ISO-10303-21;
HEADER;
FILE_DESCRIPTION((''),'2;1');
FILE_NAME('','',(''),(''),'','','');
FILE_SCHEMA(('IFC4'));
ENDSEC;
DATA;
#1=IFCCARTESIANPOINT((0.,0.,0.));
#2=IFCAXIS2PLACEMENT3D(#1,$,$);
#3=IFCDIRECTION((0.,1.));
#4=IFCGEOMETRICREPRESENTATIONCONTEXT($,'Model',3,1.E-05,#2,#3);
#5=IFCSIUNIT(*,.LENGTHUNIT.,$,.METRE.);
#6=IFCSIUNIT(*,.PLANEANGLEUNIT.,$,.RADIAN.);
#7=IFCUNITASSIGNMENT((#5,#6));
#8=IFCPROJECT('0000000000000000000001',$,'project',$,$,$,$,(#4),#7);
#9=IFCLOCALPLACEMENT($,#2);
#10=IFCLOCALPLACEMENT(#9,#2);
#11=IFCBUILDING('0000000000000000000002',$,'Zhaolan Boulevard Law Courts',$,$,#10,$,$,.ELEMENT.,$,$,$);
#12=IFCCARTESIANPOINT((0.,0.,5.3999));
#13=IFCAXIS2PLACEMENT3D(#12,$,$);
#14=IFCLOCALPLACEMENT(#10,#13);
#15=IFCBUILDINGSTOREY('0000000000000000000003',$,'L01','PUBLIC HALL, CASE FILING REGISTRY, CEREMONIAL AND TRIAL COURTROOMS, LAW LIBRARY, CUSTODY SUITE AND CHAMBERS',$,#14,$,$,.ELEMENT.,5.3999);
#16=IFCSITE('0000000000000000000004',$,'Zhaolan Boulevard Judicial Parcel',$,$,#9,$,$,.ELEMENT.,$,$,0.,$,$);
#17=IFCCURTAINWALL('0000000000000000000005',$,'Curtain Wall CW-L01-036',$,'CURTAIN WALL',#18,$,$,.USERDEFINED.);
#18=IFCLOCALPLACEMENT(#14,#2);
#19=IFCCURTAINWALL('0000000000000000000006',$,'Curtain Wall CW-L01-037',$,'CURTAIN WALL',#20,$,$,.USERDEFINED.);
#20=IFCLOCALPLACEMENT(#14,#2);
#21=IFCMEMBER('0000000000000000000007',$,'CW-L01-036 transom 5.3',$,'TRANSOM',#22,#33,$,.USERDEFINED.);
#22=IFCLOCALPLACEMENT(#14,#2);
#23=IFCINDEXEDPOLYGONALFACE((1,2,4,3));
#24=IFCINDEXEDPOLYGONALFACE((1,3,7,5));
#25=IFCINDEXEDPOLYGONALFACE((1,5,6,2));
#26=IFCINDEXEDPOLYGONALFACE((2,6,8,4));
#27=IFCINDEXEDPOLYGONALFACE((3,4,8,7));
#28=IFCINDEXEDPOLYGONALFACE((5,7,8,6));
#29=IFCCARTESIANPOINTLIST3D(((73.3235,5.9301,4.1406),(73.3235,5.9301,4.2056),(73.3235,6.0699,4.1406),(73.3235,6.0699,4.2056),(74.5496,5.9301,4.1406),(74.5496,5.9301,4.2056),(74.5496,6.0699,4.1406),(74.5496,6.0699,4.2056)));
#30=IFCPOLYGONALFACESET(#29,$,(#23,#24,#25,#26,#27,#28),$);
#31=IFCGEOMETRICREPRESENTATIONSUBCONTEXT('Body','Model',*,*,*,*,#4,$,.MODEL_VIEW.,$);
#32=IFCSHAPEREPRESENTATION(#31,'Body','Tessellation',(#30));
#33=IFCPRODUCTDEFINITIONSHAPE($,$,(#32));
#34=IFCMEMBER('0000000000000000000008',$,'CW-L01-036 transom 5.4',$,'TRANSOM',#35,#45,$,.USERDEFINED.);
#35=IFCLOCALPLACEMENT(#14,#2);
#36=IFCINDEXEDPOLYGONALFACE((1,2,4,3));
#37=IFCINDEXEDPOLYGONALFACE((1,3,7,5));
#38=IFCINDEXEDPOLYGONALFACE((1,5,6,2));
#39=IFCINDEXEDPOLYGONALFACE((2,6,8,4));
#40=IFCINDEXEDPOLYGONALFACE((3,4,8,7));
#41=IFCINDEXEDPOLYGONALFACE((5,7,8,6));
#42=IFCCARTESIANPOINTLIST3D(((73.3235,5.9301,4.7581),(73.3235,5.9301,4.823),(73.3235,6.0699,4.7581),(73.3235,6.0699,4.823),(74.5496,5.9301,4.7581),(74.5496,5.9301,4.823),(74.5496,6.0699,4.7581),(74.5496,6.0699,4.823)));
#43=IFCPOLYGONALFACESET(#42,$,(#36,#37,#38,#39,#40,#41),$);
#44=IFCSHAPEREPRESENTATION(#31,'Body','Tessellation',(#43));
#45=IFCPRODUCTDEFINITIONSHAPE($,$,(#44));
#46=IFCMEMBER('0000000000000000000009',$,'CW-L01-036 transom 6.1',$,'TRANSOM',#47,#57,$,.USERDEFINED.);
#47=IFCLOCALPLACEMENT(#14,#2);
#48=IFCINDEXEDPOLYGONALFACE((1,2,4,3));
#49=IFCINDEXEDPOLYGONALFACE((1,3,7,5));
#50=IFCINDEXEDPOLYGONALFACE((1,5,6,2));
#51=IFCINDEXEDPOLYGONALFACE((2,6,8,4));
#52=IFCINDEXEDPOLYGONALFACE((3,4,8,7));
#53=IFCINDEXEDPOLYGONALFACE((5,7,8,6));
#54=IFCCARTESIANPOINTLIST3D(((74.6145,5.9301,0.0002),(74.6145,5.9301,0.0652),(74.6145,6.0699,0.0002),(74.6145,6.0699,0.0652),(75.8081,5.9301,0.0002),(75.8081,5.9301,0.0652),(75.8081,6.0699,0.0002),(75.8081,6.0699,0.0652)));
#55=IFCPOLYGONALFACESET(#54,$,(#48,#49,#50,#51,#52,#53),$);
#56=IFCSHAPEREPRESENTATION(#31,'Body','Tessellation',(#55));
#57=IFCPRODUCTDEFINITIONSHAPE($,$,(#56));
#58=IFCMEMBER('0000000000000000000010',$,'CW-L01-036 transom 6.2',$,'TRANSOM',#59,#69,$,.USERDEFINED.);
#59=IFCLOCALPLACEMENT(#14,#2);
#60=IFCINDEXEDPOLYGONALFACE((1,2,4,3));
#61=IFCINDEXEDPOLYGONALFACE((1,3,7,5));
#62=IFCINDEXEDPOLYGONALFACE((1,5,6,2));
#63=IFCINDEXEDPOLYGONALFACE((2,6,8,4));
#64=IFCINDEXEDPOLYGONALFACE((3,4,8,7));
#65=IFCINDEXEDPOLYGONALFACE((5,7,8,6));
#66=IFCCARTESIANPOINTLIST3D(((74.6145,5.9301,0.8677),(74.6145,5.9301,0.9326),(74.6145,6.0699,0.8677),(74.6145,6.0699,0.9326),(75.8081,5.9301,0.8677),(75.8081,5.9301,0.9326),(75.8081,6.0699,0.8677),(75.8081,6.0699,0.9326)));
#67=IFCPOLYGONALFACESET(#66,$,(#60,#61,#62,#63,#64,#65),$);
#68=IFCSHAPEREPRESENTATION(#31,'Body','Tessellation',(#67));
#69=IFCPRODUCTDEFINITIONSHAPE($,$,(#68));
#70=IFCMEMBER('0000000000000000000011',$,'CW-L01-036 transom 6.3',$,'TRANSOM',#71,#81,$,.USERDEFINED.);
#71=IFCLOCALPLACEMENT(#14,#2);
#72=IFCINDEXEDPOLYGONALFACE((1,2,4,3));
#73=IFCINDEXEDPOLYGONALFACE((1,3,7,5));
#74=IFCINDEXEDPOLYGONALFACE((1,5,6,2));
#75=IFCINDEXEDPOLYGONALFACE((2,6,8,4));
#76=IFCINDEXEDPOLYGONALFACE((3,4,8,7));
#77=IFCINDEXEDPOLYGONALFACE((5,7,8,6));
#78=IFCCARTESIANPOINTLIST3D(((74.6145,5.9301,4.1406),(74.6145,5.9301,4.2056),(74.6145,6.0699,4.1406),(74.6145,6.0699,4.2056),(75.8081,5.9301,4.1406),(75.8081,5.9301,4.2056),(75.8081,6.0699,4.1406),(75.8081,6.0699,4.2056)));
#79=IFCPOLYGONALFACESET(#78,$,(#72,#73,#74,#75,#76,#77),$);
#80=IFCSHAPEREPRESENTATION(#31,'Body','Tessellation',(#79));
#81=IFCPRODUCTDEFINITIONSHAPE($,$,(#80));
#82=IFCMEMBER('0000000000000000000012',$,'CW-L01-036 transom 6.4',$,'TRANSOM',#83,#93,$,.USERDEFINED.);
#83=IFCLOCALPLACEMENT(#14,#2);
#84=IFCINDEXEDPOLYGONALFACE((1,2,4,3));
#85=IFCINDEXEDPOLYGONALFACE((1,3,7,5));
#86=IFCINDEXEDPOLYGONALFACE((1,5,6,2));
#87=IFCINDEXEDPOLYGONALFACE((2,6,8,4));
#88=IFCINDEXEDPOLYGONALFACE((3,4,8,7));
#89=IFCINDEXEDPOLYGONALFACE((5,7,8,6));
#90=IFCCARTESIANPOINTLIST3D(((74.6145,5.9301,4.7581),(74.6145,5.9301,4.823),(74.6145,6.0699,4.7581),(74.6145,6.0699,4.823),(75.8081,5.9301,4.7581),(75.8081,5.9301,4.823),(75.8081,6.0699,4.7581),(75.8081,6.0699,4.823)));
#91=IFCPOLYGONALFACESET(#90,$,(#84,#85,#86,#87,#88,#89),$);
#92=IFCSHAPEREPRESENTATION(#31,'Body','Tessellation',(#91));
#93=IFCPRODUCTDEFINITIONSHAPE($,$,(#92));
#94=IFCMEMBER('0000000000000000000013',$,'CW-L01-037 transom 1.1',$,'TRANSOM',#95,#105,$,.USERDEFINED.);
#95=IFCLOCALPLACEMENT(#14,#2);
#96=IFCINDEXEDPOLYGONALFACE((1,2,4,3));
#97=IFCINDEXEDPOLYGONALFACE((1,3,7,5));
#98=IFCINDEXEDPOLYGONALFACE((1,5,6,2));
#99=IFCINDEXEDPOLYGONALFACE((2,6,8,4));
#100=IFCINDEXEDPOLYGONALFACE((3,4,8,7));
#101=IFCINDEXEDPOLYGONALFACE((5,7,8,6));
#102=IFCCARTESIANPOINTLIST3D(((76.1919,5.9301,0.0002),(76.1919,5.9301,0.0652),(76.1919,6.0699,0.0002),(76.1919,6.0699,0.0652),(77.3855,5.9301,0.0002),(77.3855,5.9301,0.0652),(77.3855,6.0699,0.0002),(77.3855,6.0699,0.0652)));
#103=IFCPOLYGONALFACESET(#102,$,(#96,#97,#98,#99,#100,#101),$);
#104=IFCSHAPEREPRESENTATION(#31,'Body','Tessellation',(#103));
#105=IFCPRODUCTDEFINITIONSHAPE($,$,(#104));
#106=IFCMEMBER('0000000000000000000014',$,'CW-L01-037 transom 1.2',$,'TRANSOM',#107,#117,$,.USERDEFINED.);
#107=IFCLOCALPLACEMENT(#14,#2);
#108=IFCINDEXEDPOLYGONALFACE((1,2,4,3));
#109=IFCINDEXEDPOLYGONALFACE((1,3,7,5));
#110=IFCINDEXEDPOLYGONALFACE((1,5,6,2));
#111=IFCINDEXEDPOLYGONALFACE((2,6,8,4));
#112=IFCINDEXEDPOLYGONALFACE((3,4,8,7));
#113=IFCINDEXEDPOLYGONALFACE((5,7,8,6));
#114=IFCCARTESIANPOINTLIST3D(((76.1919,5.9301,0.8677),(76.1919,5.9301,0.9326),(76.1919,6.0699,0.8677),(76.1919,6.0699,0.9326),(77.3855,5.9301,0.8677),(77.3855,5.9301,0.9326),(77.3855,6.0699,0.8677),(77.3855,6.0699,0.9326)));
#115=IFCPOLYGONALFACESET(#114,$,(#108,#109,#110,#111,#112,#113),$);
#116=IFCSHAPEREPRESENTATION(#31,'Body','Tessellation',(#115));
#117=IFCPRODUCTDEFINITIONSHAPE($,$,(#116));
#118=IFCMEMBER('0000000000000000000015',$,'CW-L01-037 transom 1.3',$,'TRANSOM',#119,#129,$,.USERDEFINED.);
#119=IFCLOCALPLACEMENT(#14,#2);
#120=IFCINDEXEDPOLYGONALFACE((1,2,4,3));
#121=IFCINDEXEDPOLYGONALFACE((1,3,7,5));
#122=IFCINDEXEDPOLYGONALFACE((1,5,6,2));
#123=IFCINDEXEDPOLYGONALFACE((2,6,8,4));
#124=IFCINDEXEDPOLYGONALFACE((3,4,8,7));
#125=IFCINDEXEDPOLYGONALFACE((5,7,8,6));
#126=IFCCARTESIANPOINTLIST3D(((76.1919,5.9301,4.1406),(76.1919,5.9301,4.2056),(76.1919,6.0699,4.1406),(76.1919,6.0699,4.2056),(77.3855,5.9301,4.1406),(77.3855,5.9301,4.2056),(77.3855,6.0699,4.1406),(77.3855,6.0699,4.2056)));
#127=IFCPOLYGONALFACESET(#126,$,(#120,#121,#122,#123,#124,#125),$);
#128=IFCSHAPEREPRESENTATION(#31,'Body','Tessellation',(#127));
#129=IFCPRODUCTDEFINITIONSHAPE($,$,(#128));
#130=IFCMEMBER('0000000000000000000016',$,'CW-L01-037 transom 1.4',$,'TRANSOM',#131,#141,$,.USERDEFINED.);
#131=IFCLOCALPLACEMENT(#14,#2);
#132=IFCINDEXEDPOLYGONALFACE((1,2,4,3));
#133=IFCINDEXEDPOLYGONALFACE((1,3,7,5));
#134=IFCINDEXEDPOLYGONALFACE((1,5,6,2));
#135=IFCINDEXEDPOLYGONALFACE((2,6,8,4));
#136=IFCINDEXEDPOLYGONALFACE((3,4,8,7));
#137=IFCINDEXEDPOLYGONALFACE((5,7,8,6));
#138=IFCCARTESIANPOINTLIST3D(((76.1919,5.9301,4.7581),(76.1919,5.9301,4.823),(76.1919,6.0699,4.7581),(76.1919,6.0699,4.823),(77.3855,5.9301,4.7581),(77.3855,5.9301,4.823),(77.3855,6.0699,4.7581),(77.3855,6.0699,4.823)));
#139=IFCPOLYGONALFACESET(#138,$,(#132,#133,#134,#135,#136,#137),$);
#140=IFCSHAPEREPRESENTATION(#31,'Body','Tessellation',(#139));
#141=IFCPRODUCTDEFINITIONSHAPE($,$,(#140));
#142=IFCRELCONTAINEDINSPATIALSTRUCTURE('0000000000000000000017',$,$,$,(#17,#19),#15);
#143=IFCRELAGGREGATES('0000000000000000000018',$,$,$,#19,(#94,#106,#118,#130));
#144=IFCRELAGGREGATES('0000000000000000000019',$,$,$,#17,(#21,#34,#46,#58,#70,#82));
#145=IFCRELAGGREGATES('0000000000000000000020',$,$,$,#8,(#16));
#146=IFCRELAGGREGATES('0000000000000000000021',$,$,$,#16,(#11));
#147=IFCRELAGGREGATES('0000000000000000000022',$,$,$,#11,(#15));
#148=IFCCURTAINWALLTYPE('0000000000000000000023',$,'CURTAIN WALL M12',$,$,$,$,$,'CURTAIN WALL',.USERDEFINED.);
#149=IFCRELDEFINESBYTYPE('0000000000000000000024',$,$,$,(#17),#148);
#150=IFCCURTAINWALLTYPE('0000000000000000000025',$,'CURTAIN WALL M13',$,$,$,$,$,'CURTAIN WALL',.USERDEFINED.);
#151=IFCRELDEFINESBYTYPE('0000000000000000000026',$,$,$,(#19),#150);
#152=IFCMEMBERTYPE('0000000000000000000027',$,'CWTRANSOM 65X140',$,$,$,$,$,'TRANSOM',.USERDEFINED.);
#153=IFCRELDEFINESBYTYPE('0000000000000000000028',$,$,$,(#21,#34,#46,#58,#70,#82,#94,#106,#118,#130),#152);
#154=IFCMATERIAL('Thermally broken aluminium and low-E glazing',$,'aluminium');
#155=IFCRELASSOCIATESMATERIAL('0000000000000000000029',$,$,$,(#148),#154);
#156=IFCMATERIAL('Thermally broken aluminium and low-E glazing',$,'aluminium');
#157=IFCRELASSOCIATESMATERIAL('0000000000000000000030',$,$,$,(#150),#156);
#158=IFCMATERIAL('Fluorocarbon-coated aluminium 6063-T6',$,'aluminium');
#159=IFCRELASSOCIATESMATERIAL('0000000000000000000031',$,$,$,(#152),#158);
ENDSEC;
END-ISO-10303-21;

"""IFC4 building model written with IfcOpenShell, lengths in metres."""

from ifc_helpers import new_model, si_unit, direction, frame, origin, origin_2d, place, context, subcontext, project, spatial, rectangle, extrude, material, material_profile, profile_set, type_object, element, aggregate, save


model = new_model("IFC4")

# Units and contexts
model_context = context("Model", 3, precision=1e-05, world=origin(), true_north=direction((0.0, 1.0)))
body_context = subcontext(model_context, "Body", "Model", "MODEL_VIEW")
ifc_project = project(units=[si_unit("LENGTHUNIT", "METRE"), si_unit("PLANEANGLEUNIT", "RADIAN")], contexts=[model_context])

# Site, building, storey
site_placement = place(None, origin())
site = spatial("IfcSite", under=ifc_project, at=site_placement, Name="Zhaolan Boulevard Judicial Parcel", CompositionType="ELEMENT", RefElevation=0.0)
building_placement = place(site_placement, origin())
building = spatial("IfcBuilding", under=site, at=building_placement, Name="Zhaolan Boulevard Law Courts", CompositionType="ELEMENT")
storey_placement = place(building_placement, frame((0.0, 0.0, 5.3999)))
storey = spatial("IfcBuildingStorey", under=building, at=storey_placement, Name="L01", Description="PUBLIC HALL, CASE FILING REGISTRY, CEREMONIAL AND TRIAL COURTROOMS, LAW LIBRARY, CUSTODY SUITE AND CHAMBERS", CompositionType="ELEMENT", Elevation=5.3999)

# Curtain wall
ifc_material_1 = material(Name="Thermally broken aluminium and low-E glazing", Category="aluminium")
curtain_wall_type_1 = type_object("IfcCurtainWallType", Name="CURTAIN WALL M12", ElementType="CURTAIN WALL", PredefinedType="USERDEFINED", material=ifc_material_1)
curtain_wall_1_placement = place(storey_placement, origin())
curtain_wall_1 = element("IfcCurtainWall", 1, at=curtain_wall_1_placement, inside=storey, type_object=curtain_wall_type_1, Name="Curtain Wall CW-L01-036", ObjectType="CURTAIN WALL", PredefinedType="USERDEFINED")

# Curtain wall
ifc_material_2 = material(Name="Thermally broken aluminium and low-E glazing", Category="aluminium")
curtain_wall_type_2 = type_object("IfcCurtainWallType", Name="CURTAIN WALL M13", ElementType="CURTAIN WALL", PredefinedType="USERDEFINED", material=ifc_material_2)
curtain_wall_2_placement = place(storey_placement, origin())
curtain_wall_2 = element("IfcCurtainWall", 2, at=curtain_wall_2_placement, inside=storey, type_object=curtain_wall_type_2, Name="Curtain Wall CW-L01-037", ObjectType="CURTAIN WALL", PredefinedType="USERDEFINED")

# Members
ifc_material_3 = material(Name="Fluorocarbon-coated aluminium 6063-T6", Category="aluminium")
ifc_material_profile_1 = material_profile(ifc_material_3, rectangle(XDim=0.1399, YDim=0.0649, at=origin_2d()), Name="AL65x140")
ifc_profile_set_1 = profile_set([ifc_material_profile_1], Name="Fluorocarbon-coated aluminium 6063-T6")
member_type_1 = type_object("IfcMemberType", Name="CWTRANSOM 65X140", ElementType="TRANSOM", PredefinedType="USERDEFINED", material=ifc_profile_set_1)
member_1_placement = place(storey_placement, frame((73.3235, 6.0, 4.1731), z_axis=(1.0, 0.0, 0.0), x_axis=(0.0, 1.0, 0.0)))
member_1 = element("IfcMember", 3, at=member_1_placement, type_object=member_type_1, Name="CW-L01-036 transom 5.3", ObjectType="TRANSOM", PredefinedType="USERDEFINED", context=body_context, shape_type="SweptSolid", body=[
    extrude(rectangle(XDim=0.1399, YDim=0.0649, at=origin_2d()), origin(), (0.0, 0.0, 1.0), 1.2261),
])
member_2_placement = place(storey_placement, frame((73.3235, 6.0, 4.7905), z_axis=(1.0, 0.0, 0.0), x_axis=(0.0, 1.0, 0.0)))
member_2 = element("IfcMember", 4, at=member_2_placement, type_object=member_type_1, Name="CW-L01-036 transom 5.4", ObjectType="TRANSOM", PredefinedType="USERDEFINED", context=body_context, shape_type="SweptSolid", body=[
    extrude(rectangle(XDim=0.1399, YDim=0.0649, at=origin_2d()), origin(), (0.0, 0.0, 1.0), 1.2261),
])
member_3_placement = place(storey_placement, frame((74.6145, 6.0, 0.0327), z_axis=(1.0, 0.0, 0.0), x_axis=(0.0, 1.0, 0.0)))
member_3 = element("IfcMember", 5, at=member_3_placement, type_object=member_type_1, Name="CW-L01-036 transom 6.1", ObjectType="TRANSOM", PredefinedType="USERDEFINED", context=body_context, shape_type="SweptSolid", body=[
    extrude(rectangle(XDim=0.1399, YDim=0.0649, at=origin_2d()), origin(), (0.0, 0.0, 1.0), 1.1936),
])
member_4_placement = place(storey_placement, frame((74.6145, 6.0, 0.9001), z_axis=(1.0, 0.0, 0.0), x_axis=(0.0, 1.0, 0.0)))
member_4 = element("IfcMember", 6, at=member_4_placement, type_object=member_type_1, Name="CW-L01-036 transom 6.2", ObjectType="TRANSOM", PredefinedType="USERDEFINED", context=body_context, shape_type="SweptSolid", body=[
    extrude(rectangle(XDim=0.1399, YDim=0.0649, at=origin_2d()), origin(), (0.0, 0.0, 1.0), 1.1936),
])
member_5_placement = place(storey_placement, frame((74.6145, 6.0, 4.1731), z_axis=(1.0, 0.0, 0.0), x_axis=(0.0, 1.0, 0.0)))
member_5 = element("IfcMember", 7, at=member_5_placement, type_object=member_type_1, Name="CW-L01-036 transom 6.3", ObjectType="TRANSOM", PredefinedType="USERDEFINED", context=body_context, shape_type="SweptSolid", body=[
    extrude(rectangle(XDim=0.1399, YDim=0.0649, at=origin_2d()), origin(), (0.0, 0.0, 1.0), 1.1936),
])
member_6_placement = place(storey_placement, frame((74.6145, 6.0, 4.7905), z_axis=(1.0, 0.0, 0.0), x_axis=(0.0, 1.0, 0.0)))
member_6 = element("IfcMember", 8, at=member_6_placement, type_object=member_type_1, Name="CW-L01-036 transom 6.4", ObjectType="TRANSOM", PredefinedType="USERDEFINED", context=body_context, shape_type="SweptSolid", body=[
    extrude(rectangle(XDim=0.1399, YDim=0.0649, at=origin_2d()), origin(), (0.0, 0.0, 1.0), 1.1936),
])
member_7_placement = place(storey_placement, frame((76.1919, 6.0, 0.0327), z_axis=(1.0, 0.0, 0.0), x_axis=(0.0, 1.0, 0.0)))
member_7 = element("IfcMember", 9, at=member_7_placement, type_object=member_type_1, Name="CW-L01-037 transom 1.1", ObjectType="TRANSOM", PredefinedType="USERDEFINED", context=body_context, shape_type="SweptSolid", body=[
    extrude(rectangle(XDim=0.1399, YDim=0.0649, at=origin_2d()), origin(), (0.0, 0.0, 1.0), 1.1936),
])
member_8_placement = place(storey_placement, frame((76.1919, 6.0, 0.9001), z_axis=(1.0, 0.0, 0.0), x_axis=(0.0, 1.0, 0.0)))
member_8 = element("IfcMember", 10, at=member_8_placement, type_object=member_type_1, Name="CW-L01-037 transom 1.2", ObjectType="TRANSOM", PredefinedType="USERDEFINED", context=body_context, shape_type="SweptSolid", body=[
    extrude(rectangle(XDim=0.1399, YDim=0.0649, at=origin_2d()), origin(), (0.0, 0.0, 1.0), 1.1936),
])
member_9_placement = place(storey_placement, frame((76.1919, 6.0, 4.1731), z_axis=(1.0, 0.0, 0.0), x_axis=(0.0, 1.0, 0.0)))
member_9 = element("IfcMember", 11, at=member_9_placement, type_object=member_type_1, Name="CW-L01-037 transom 1.3", ObjectType="TRANSOM", PredefinedType="USERDEFINED", context=body_context, shape_type="SweptSolid", body=[
    extrude(rectangle(XDim=0.1399, YDim=0.0649, at=origin_2d()), origin(), (0.0, 0.0, 1.0), 1.1936),
])
member_10_placement = place(storey_placement, frame((76.1919, 6.0, 4.7905), z_axis=(1.0, 0.0, 0.0), x_axis=(0.0, 1.0, 0.0)))
member_10 = element("IfcMember", 12, at=member_10_placement, type_object=member_type_1, Name="CW-L01-037 transom 1.4", ObjectType="TRANSOM", PredefinedType="USERDEFINED", context=body_context, shape_type="SweptSolid", body=[
    extrude(rectangle(XDim=0.1399, YDim=0.0649, at=origin_2d()), origin(), (0.0, 0.0, 1.0), 1.1936),
])
aggregate(curtain_wall_2, [member_7, member_8, member_9, member_10])

aggregate(curtain_wall_1, [member_1, member_2, member_3, member_4, member_5, member_6])

save(model, "model.ifc")
